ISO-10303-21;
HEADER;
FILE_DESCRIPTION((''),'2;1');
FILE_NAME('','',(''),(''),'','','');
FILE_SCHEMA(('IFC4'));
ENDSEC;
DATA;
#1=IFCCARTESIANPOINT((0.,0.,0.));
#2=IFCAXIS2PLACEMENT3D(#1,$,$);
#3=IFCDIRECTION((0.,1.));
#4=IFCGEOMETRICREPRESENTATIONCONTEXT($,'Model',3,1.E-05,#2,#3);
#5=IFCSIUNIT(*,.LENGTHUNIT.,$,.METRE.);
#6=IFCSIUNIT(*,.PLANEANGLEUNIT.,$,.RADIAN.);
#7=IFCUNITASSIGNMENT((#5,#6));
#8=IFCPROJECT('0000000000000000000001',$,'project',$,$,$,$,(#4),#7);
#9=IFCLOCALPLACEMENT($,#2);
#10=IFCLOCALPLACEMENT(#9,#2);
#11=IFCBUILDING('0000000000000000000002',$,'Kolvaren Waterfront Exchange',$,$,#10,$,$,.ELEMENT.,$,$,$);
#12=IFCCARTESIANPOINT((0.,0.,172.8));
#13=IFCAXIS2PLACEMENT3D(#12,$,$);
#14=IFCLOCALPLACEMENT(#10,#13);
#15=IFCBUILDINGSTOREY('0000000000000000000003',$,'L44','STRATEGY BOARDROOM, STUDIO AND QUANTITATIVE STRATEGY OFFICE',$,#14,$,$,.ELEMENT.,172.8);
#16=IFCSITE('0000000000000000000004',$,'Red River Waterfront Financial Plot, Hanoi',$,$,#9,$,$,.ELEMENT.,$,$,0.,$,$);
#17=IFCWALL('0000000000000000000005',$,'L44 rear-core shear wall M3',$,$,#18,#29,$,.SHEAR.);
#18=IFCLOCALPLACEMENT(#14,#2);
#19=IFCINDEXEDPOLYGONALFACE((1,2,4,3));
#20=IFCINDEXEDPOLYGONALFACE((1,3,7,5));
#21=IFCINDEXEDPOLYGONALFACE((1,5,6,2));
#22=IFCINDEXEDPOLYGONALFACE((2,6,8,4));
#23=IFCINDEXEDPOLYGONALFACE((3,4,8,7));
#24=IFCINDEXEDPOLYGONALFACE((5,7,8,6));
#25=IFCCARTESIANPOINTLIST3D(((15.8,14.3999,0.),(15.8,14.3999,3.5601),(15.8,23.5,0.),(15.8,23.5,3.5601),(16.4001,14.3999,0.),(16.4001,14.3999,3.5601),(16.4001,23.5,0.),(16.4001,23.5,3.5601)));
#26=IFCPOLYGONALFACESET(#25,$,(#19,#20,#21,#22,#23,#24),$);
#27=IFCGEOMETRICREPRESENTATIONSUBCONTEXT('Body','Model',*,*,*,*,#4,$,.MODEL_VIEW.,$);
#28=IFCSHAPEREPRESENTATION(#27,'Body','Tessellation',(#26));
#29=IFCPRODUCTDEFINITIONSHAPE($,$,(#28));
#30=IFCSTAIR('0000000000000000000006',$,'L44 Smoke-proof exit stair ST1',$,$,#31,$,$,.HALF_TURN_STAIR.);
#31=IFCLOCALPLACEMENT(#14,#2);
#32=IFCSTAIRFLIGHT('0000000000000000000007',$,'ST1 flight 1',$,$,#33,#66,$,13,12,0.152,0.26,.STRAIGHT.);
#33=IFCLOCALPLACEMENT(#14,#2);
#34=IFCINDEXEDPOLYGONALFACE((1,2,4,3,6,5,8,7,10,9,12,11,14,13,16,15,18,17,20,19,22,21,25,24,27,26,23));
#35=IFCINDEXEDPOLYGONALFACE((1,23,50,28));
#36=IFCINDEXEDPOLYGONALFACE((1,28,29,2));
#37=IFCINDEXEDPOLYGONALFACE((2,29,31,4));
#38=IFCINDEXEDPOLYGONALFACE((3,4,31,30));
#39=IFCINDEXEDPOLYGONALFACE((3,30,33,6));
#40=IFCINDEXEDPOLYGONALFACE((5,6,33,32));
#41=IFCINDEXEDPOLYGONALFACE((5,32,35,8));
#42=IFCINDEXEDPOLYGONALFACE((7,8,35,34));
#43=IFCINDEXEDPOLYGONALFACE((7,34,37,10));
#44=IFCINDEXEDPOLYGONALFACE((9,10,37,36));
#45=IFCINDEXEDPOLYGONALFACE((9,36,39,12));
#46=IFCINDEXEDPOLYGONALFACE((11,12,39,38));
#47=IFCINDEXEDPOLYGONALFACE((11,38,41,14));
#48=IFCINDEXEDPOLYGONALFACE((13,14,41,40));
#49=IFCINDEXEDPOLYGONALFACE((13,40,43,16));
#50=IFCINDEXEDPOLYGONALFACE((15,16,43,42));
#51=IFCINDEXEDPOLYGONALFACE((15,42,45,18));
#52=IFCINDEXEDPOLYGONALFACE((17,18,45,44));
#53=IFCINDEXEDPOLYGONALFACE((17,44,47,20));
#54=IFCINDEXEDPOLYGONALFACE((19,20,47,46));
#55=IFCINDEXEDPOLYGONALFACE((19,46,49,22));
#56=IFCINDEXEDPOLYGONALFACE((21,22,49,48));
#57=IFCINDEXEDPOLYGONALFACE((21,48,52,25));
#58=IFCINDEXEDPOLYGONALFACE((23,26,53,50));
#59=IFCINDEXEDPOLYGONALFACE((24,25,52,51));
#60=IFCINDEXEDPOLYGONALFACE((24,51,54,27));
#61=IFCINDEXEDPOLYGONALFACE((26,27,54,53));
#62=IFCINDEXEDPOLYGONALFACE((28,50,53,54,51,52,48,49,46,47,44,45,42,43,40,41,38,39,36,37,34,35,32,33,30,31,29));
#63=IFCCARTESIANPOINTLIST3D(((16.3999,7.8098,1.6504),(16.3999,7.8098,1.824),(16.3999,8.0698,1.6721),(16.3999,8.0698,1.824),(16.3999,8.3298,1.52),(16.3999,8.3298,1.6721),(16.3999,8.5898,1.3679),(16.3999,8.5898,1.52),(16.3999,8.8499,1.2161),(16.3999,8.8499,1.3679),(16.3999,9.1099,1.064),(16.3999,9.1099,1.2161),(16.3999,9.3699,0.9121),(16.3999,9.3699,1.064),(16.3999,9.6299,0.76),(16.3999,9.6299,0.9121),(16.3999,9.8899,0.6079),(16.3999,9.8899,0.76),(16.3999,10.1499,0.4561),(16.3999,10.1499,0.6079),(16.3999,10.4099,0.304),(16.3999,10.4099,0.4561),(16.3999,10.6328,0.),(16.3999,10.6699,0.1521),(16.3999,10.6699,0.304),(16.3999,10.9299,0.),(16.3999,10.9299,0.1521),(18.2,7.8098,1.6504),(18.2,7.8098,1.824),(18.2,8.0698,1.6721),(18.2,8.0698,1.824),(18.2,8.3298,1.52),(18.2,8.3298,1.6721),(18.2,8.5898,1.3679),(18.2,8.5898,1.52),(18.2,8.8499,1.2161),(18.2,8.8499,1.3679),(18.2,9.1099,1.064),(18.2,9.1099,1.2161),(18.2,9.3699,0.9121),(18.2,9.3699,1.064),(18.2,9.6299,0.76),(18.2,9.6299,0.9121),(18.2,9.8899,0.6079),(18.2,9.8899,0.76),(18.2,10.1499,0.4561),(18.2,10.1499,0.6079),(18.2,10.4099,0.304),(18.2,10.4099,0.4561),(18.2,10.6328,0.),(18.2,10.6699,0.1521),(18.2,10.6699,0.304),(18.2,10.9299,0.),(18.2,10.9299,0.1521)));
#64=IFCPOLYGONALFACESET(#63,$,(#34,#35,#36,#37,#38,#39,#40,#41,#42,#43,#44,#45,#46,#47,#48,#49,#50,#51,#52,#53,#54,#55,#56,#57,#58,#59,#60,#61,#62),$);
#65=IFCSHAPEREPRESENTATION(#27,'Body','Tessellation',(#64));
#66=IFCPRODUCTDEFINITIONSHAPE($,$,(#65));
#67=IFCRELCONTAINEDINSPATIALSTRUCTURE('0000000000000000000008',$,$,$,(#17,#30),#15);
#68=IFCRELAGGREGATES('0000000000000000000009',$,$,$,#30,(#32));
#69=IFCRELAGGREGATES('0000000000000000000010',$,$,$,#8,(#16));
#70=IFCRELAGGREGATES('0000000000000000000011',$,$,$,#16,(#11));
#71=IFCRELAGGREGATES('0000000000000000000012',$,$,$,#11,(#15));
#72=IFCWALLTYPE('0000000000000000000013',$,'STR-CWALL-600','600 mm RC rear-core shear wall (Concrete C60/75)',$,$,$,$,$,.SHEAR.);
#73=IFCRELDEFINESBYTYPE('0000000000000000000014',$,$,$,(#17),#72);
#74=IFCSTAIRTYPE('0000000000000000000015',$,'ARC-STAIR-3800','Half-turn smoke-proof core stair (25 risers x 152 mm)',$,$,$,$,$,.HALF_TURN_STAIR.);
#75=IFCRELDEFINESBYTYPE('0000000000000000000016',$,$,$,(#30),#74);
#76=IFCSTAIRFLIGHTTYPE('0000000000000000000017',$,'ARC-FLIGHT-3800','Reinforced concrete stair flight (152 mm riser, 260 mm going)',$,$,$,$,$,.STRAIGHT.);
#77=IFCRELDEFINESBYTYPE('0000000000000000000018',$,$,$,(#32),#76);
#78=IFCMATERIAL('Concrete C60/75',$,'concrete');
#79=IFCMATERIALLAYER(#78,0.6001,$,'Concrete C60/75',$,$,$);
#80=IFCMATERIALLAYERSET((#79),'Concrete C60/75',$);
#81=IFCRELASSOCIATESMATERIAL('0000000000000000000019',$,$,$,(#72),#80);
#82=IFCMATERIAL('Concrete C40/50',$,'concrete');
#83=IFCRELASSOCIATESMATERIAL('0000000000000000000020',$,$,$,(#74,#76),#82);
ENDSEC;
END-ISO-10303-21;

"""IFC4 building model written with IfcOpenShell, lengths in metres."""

from ifc_helpers import new_model, si_unit, direction, frame, frame_2d, origin, place, context, subcontext, project, spatial, polyline, rectangle, outline, extrude, material, layer, layer_set, type_object, element, aggregate, save


model = new_model("IFC4")

# Units and contexts
model_context = context("Model", 3, precision=1e-05, world=origin(), true_north=direction((0.0, 1.0)))
body_context = subcontext(model_context, "Body", "Model", "MODEL_VIEW")
ifc_project = project(units=[si_unit("LENGTHUNIT", "METRE"), si_unit("PLANEANGLEUNIT", "RADIAN")], contexts=[model_context])

# Site, building, storey
site_placement = place(None, origin())
site = spatial("IfcSite", under=ifc_project, at=site_placement, Name="Red River Waterfront Financial Plot, Hanoi", CompositionType="ELEMENT", RefElevation=0.0)
building_placement = place(site_placement, origin())
building = spatial("IfcBuilding", under=site, at=building_placement, Name="Kolvaren Waterfront Exchange", CompositionType="ELEMENT")
storey_placement = place(building_placement, frame((0.0, 0.0, 172.8)))
storey = spatial("IfcBuildingStorey", under=building, at=storey_placement, Name="L44", Description="STRATEGY BOARDROOM, STUDIO AND QUANTITATIVE STRATEGY OFFICE", CompositionType="ELEMENT", Elevation=172.8)

# Shared definitions
ifc_material_1 = material(Name="Concrete C60/75", Category="concrete")

# Wall
ifc_material_2 = material(Name="Concrete C40/50", Category="concrete")
ifc_layer_1 = layer(ifc_material_1, 0.6001, Name="Concrete C60/75")
ifc_layer_set_1 = layer_set([ifc_layer_1], Name="Concrete C60/75")
wall_type_1 = type_object("IfcWallType", Name="STR-CWALL-600", Description="600 mm RC rear-core shear wall (Concrete C60/75)", PredefinedType="SHEAR", material=ifc_layer_set_1)
wall_1_placement = place(storey_placement, frame((16.1001, 14.3999, 0.0), z_axis=(0.0, 0.0, 1.0), x_axis=(0.0, 1.0, 0.0)))
element("IfcWall", 1, at=wall_1_placement, inside=storey, type_object=wall_type_1, Name="L44 rear-core shear wall M3", PredefinedType="SHEAR", context=body_context, shape_type="SweptSolid", body=[
    extrude(rectangle(XDim=9.1001, YDim=0.6001, at=frame_2d((4.55, 0.0))), origin(), (0.0, 0.0, 1.0), 3.5601),
])

# Stair, stair flight
stair_type = type_object("IfcStairType", Name="ARC-STAIR-3800", Description="Half-turn smoke-proof core stair (25 risers x 152 mm)", PredefinedType="HALF_TURN_STAIR", material=ifc_material_2)
stair_placement = place(storey_placement, origin())
stair = element("IfcStair", 2, at=stair_placement, inside=storey, type_object=stair_type, Name="L44 Smoke-proof exit stair ST1", PredefinedType="HALF_TURN_STAIR")
stair_flight_type = type_object("IfcStairFlightType", Name="ARC-FLIGHT-3800", Description="Reinforced concrete stair flight (152 mm riser, 260 mm going)", PredefinedType="STRAIGHT", material=ifc_material_2)
stair_flight_placement = place(storey_placement, frame((17.3, 10.9299, 0.0), z_axis=(0.0, 0.0, 1.0), x_axis=(0.0, -1.0, 0.0)))
stair_flight = element("IfcStairFlight", 3, at=stair_flight_placement, type_object=stair_flight_type, Name="ST1 flight 1", NumberOfRisers=13, NumberOfTreads=12, PredefinedType="STRAIGHT", RiserHeight=0.152, TreadLength=0.26, context=body_context, shape_type="SweptSolid", body=[
    extrude(outline(polyline([(0.0, 0.0), (0.0, 0.1521), (0.26, 0.1521), (0.26, 0.304), (0.52, 0.304), (0.52, 0.4561), (0.78, 0.4561), (0.78, 0.6079), (1.04, 0.6079), (1.04, 0.76), (1.3, 0.76), (1.3, 0.9121), (1.5601, 0.9121), (1.5601, 1.064), (1.8201, 1.064), (1.8201, 1.2161), (2.0801, 1.2161), (2.0801, 1.3679), (2.3401, 1.3679), (2.3401, 1.52), (2.6001, 1.52), (2.6001, 1.6721), (2.8601, 1.6721), (2.8601, 1.824), (3.1201, 1.824), (3.1201, 1.9761), (3.1201, 1.6504), (0.2971, 0.0), (0.0, 0.0)])), frame((0.0, 0.8999, 0.0), z_axis=(0.0, -1.0, 0.0), x_axis=(1.0, 0.0, 0.0)), (0.0, 0.0, 1.0), 1.8),
])
aggregate(stair, [stair_flight])

save(model, "model.ifc")
